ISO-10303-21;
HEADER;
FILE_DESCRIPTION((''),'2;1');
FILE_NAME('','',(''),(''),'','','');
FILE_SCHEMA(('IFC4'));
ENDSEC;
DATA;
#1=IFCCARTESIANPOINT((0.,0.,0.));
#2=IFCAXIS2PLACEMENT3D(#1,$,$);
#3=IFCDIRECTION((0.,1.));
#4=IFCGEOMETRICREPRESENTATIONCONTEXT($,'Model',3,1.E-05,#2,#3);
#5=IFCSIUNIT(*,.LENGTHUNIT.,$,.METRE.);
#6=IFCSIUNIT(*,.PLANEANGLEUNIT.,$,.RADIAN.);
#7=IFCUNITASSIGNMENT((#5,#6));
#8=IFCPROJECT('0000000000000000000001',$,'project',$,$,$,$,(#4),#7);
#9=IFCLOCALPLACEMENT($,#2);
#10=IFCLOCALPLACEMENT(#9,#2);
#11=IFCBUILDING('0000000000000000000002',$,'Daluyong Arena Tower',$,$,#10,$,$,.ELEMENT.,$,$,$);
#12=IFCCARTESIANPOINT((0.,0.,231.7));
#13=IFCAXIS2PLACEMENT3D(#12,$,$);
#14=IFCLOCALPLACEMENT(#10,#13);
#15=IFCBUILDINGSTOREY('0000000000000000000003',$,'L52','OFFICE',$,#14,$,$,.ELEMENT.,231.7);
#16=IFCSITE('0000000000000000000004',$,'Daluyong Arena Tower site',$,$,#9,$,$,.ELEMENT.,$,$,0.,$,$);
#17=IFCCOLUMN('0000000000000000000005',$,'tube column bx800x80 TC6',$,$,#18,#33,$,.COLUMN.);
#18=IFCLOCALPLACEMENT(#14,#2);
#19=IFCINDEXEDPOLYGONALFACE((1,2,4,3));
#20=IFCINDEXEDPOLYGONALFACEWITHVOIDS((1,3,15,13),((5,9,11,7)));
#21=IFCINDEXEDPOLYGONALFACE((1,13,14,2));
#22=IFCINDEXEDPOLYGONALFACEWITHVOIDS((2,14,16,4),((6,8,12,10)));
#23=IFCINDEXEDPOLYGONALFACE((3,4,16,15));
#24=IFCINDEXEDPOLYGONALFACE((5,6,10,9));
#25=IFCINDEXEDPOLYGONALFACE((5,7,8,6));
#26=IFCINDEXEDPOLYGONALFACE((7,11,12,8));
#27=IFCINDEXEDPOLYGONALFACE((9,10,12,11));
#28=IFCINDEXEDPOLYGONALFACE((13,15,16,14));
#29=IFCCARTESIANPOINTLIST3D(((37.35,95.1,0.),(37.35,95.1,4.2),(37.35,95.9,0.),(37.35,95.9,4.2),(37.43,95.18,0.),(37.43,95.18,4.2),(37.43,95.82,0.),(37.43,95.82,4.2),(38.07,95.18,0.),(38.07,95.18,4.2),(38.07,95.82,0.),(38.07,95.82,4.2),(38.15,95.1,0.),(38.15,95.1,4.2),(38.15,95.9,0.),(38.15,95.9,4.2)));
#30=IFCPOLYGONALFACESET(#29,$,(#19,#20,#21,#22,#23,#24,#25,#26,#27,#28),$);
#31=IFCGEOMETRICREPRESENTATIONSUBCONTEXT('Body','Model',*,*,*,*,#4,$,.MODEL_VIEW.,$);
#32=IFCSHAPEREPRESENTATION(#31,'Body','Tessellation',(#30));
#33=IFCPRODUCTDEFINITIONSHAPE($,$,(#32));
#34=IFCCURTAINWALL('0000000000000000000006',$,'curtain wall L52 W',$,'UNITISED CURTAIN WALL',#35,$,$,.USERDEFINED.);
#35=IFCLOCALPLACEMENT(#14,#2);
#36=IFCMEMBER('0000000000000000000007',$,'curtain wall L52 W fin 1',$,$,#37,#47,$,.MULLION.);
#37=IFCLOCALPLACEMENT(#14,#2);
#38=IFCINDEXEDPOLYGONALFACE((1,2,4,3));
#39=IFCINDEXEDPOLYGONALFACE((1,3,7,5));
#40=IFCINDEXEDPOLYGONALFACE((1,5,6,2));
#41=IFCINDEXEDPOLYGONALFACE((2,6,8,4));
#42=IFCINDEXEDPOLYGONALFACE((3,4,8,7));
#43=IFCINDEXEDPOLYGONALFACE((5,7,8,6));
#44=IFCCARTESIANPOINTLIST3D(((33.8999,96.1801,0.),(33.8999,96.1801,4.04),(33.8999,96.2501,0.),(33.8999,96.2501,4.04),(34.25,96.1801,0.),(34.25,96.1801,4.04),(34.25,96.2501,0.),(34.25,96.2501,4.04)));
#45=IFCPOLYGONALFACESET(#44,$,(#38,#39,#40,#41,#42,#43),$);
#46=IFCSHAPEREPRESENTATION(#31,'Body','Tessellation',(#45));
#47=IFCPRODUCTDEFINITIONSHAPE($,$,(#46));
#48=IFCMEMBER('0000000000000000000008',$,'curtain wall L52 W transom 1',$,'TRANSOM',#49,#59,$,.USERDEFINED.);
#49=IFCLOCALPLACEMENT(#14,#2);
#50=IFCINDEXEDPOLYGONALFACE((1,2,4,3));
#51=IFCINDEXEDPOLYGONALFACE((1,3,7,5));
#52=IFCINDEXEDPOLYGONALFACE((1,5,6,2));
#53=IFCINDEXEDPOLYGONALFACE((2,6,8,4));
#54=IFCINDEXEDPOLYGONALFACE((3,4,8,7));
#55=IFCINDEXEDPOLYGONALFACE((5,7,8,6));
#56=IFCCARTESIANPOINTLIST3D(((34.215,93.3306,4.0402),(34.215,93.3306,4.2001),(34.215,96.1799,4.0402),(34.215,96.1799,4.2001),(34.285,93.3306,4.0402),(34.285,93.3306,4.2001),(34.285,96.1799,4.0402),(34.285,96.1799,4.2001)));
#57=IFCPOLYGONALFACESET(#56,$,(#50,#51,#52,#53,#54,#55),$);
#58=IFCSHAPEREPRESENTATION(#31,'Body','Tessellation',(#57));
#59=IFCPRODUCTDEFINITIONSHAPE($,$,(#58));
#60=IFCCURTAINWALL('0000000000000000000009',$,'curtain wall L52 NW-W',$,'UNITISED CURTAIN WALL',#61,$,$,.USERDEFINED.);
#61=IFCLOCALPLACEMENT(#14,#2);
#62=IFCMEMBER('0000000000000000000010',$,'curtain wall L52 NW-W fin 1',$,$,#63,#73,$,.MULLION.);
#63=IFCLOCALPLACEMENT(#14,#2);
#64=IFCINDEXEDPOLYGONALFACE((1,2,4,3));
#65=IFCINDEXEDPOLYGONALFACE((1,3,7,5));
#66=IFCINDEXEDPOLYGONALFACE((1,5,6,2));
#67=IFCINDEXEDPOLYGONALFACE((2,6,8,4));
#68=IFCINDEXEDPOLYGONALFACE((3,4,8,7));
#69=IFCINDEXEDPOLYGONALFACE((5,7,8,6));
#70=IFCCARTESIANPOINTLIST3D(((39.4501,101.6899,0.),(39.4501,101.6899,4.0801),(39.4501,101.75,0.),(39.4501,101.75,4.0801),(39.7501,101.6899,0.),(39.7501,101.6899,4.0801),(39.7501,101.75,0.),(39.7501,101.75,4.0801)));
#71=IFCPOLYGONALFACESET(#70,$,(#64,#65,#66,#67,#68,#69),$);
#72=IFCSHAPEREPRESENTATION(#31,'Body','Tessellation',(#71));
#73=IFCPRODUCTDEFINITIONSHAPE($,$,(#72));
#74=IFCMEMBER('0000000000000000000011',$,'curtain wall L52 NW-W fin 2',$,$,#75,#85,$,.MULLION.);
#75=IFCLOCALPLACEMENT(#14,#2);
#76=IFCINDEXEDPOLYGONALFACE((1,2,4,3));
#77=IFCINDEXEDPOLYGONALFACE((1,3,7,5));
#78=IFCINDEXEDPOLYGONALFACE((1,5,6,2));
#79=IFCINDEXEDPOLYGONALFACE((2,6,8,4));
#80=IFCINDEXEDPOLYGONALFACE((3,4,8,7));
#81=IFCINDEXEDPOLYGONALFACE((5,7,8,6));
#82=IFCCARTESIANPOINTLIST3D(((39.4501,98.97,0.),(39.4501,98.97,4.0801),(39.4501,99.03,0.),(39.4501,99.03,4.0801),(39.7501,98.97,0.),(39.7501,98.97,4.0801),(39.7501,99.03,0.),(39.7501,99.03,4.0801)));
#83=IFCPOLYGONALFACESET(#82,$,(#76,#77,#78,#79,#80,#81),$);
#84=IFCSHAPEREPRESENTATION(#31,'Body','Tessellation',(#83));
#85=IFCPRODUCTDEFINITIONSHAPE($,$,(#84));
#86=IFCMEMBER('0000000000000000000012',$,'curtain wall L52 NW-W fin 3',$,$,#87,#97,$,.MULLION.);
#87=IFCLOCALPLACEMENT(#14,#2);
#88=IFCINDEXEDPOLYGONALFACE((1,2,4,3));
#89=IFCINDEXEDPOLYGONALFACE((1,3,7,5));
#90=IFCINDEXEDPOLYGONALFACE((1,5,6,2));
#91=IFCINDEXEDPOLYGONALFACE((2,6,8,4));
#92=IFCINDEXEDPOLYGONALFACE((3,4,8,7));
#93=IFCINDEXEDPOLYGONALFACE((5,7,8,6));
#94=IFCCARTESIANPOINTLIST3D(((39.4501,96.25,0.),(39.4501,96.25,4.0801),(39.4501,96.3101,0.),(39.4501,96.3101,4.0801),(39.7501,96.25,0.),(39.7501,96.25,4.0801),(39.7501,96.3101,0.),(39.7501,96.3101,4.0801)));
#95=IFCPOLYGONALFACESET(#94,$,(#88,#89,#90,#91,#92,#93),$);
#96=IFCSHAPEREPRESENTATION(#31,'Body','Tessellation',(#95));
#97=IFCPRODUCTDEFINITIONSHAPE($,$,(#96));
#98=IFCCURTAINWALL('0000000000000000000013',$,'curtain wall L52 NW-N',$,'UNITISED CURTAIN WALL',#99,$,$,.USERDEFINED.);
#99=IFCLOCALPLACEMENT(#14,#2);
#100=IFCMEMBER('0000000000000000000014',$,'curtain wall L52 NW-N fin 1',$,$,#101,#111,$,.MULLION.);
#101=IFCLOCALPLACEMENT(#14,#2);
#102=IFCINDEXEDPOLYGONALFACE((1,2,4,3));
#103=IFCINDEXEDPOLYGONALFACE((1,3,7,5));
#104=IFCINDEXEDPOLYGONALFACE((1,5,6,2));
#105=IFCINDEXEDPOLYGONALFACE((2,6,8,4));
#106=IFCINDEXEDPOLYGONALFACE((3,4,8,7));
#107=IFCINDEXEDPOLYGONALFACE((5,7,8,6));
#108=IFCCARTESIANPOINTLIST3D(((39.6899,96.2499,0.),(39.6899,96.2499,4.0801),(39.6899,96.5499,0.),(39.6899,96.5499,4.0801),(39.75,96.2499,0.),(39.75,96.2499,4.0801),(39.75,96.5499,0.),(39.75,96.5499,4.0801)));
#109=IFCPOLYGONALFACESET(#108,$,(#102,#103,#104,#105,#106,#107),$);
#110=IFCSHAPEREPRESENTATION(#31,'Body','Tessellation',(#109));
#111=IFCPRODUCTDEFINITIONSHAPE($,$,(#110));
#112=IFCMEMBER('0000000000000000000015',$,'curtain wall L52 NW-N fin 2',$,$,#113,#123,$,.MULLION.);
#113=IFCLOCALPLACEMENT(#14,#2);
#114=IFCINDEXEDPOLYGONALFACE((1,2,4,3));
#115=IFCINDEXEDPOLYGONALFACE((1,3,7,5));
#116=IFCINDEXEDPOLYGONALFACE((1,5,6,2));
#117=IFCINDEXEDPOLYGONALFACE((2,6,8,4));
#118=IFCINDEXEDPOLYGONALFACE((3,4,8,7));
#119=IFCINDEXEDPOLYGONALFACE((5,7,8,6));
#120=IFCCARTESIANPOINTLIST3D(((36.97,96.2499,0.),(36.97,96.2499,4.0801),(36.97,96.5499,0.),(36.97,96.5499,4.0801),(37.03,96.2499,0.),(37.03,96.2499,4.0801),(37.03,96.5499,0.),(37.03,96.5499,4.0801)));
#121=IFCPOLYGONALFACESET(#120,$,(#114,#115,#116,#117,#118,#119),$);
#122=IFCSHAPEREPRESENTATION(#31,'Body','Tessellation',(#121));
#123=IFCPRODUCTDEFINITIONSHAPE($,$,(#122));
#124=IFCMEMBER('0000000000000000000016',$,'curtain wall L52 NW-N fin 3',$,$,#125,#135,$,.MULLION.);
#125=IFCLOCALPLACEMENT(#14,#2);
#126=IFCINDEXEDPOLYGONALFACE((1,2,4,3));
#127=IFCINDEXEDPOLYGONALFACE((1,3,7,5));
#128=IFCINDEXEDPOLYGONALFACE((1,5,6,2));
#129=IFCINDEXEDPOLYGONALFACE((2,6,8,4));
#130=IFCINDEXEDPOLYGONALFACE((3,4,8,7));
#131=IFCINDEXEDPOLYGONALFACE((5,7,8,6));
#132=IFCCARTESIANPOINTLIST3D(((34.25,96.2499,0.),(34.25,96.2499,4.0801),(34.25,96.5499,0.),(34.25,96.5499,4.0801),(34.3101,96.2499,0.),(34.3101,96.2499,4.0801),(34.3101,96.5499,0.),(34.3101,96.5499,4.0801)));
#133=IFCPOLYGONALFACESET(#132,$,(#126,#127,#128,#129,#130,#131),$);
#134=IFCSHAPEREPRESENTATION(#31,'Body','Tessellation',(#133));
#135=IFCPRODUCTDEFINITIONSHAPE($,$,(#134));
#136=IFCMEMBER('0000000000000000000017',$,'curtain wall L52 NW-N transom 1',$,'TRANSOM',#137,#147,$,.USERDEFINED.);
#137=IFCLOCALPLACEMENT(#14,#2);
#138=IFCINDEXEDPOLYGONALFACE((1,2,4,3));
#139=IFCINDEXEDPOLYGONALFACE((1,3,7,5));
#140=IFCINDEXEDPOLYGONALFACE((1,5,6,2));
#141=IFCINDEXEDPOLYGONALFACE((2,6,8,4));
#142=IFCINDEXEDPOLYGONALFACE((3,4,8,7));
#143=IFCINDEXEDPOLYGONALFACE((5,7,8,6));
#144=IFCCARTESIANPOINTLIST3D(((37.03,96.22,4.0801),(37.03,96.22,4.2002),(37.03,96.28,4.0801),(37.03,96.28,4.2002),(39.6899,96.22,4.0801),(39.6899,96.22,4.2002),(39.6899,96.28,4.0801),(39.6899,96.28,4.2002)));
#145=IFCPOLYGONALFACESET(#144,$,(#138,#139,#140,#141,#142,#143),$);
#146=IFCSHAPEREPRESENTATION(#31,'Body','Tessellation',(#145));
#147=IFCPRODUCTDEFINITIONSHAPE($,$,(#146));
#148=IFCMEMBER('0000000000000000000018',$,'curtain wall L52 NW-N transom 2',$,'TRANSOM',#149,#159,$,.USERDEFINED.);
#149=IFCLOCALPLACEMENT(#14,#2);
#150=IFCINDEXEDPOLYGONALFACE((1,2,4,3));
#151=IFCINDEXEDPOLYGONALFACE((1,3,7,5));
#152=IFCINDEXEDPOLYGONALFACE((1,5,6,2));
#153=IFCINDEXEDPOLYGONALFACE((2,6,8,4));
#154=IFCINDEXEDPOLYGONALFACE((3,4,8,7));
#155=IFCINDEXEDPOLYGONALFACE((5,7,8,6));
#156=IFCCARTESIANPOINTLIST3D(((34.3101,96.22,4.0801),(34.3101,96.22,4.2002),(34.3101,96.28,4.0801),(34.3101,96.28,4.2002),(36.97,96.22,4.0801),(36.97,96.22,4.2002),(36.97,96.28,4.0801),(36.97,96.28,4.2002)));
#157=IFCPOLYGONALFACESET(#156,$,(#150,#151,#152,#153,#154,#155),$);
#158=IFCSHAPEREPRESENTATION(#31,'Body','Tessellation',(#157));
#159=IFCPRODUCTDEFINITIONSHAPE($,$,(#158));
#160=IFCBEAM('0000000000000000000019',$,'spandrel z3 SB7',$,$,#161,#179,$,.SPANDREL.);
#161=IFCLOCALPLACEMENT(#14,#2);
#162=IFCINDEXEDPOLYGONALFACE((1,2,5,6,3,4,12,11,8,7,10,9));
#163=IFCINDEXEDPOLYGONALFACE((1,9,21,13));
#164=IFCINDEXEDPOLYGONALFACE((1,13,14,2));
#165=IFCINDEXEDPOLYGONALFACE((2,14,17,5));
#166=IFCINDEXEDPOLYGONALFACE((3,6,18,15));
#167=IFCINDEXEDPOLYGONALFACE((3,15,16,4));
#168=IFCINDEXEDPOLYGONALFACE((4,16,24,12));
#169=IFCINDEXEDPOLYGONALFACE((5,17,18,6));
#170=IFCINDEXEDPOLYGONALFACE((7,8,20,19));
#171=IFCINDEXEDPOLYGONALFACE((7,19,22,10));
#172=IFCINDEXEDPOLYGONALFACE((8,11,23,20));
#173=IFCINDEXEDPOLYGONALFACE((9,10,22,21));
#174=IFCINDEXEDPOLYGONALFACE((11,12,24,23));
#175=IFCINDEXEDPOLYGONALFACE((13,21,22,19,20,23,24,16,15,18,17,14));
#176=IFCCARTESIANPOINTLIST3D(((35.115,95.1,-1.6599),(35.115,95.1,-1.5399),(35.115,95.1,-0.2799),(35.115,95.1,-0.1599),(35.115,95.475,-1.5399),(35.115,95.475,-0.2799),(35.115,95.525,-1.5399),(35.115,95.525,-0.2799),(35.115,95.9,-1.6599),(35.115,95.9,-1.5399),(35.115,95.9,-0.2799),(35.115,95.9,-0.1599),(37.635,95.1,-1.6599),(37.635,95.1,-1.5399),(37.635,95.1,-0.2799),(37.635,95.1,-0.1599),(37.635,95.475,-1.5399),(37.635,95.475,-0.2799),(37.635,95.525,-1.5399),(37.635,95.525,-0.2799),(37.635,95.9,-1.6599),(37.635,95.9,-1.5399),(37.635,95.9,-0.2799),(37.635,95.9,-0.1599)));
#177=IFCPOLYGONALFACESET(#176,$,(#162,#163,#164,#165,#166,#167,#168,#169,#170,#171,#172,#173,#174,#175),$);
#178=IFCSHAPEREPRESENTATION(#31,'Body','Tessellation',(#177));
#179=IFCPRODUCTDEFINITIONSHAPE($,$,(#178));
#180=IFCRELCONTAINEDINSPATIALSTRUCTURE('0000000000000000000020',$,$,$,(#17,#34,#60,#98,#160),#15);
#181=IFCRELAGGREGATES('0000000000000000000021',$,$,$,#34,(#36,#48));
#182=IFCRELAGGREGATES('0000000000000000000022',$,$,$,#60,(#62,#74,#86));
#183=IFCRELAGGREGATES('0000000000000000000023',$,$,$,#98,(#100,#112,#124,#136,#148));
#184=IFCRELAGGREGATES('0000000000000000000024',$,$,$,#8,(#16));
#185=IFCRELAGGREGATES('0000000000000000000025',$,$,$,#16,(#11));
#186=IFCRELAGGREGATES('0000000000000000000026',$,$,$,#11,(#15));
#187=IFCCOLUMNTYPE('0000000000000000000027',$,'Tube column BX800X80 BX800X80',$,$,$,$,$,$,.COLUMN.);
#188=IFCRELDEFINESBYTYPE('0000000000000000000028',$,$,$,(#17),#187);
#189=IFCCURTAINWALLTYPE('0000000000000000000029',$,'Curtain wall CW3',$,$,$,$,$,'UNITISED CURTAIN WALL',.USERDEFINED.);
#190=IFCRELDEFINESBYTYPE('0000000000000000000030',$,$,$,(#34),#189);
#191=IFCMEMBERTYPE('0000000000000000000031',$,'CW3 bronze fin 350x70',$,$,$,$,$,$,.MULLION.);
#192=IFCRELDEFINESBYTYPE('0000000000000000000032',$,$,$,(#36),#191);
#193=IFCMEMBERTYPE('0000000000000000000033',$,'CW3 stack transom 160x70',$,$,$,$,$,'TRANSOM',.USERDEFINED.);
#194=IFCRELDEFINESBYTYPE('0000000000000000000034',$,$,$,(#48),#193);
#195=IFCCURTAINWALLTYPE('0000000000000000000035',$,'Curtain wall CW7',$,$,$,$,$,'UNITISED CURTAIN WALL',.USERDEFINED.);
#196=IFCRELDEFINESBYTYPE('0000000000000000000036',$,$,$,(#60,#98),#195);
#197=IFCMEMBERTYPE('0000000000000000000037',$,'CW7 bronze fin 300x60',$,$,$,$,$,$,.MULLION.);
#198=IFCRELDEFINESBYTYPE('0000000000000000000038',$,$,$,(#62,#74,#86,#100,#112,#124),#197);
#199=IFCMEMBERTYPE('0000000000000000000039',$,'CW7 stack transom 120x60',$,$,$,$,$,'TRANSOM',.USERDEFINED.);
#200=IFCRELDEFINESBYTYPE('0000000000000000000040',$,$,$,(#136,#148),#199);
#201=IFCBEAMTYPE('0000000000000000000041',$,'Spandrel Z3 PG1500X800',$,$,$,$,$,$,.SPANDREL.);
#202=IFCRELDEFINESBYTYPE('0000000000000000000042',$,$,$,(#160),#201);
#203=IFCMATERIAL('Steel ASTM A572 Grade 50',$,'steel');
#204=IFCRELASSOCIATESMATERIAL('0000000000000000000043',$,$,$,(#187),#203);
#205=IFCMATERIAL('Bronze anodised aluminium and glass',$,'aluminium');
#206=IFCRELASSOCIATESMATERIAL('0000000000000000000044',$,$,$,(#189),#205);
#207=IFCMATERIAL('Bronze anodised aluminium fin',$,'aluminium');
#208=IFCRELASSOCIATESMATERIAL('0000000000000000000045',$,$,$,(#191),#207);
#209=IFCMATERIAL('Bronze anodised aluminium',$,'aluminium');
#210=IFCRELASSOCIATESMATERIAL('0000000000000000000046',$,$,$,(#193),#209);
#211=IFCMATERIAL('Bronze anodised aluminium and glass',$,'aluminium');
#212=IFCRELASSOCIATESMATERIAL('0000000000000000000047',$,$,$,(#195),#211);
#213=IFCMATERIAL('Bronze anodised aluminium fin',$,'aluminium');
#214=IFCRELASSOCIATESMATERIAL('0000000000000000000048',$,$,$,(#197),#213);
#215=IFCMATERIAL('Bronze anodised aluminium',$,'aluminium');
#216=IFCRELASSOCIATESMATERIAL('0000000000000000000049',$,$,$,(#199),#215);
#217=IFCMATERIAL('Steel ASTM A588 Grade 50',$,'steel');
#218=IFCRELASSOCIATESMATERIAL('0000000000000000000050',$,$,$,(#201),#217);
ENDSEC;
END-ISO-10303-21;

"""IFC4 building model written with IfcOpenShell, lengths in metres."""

from ifc_helpers import new_model, si_unit, direction, frame, origin, origin_2d, place, context, subcontext, project, spatial, rectangle, hollow_rectangle, i_section, extrude, material, material_profile, profile_set, type_object, element, aggregate, save


model = new_model("IFC4")

# Units and contexts
model_context = context("Model", 3, precision=1e-05, world=origin(), true_north=direction((0.0, 1.0)))
body_context = subcontext(model_context, "Body", "Model", "MODEL_VIEW")
ifc_project = project(units=[si_unit("LENGTHUNIT", "METRE"), si_unit("PLANEANGLEUNIT", "RADIAN")], contexts=[model_context])

# Site, building, storey
site_placement = place(None, origin())
site = spatial("IfcSite", under=ifc_project, at=site_placement, Name="Daluyong Arena Tower site", CompositionType="ELEMENT", RefElevation=0.0)
building_placement = place(site_placement, origin())
building = spatial("IfcBuilding", under=site, at=building_placement, Name="Daluyong Arena Tower", CompositionType="ELEMENT")
storey_placement = place(building_placement, frame((0.0, 0.0, 231.7)))
storey = spatial("IfcBuildingStorey", under=building, at=storey_placement, Name="L52", Description="OFFICE", CompositionType="ELEMENT", Elevation=231.7)

# Column
ifc_material_1 = material(Name="Steel ASTM A572 Grade 50", Category="steel")
ifc_material_profile_1 = material_profile(ifc_material_1, hollow_rectangle(XDim=0.8, YDim=0.8, WallThickness=0.08, at=origin_2d()))
ifc_profile_set_1 = profile_set([ifc_material_profile_1], Name="Steel ASTM A572 Grade 50")
column_type = type_object("IfcColumnType", Name="Tube column BX800X80 BX800X80", PredefinedType="COLUMN", material=ifc_profile_set_1)
column_placement = place(storey_placement, frame((37.75, 95.5, 0.0), z_axis=(0.0, 0.0, 1.0), x_axis=(1.0, 0.0, 0.0)))
element("IfcColumn", 1, at=column_placement, inside=storey, type_object=column_type, Name="tube column bx800x80 TC6", PredefinedType="COLUMN", context=body_context, shape_type="SweptSolid", body=[
    extrude(hollow_rectangle(XDim=0.8, YDim=0.8, WallThickness=0.08, at=origin_2d()), origin(), (0.0, 0.0, 1.0), 4.2),
])

# Curtain walls, members
ifc_material_2 = material(Name="Bronze anodised aluminium and glass", Category="aluminium")
curtain_wall_type_1 = type_object("IfcCurtainWallType", Name="Curtain wall CW3", ElementType="UNITISED CURTAIN WALL", PredefinedType="USERDEFINED", material=ifc_material_2)
curtain_wall_1_placement = place(storey_placement, origin())
curtain_wall_1 = element("IfcCurtainWall", 2, at=curtain_wall_1_placement, inside=storey, type_object=curtain_wall_type_1, Name="curtain wall L52 W", ObjectType="UNITISED CURTAIN WALL", PredefinedType="USERDEFINED")
ifc_material_3 = material(Name="Bronze anodised aluminium fin", Category="aluminium")
ifc_material_profile_2 = material_profile(ifc_material_3, rectangle(XDim=0.3501, YDim=0.0701, at=origin_2d()))
ifc_profile_set_2 = profile_set([ifc_material_profile_2], Name="Bronze anodised aluminium fin")
member_type_1 = type_object("IfcMemberType", Name="CW3 bronze fin 350x70", PredefinedType="MULLION", material=ifc_profile_set_2)
member_1_placement = place(storey_placement, frame((34.075, 96.2151, 0.0), z_axis=(0.0, 0.0, 1.0), x_axis=(1.0, 0.0, 0.0)))
member_1 = element("IfcMember", 3, at=member_1_placement, type_object=member_type_1, Name="curtain wall L52 W fin 1", PredefinedType="MULLION", context=body_context, shape_type="SweptSolid", body=[
    extrude(rectangle(XDim=0.3501, YDim=0.0701, at=origin_2d()), origin(), (0.0, 0.0, 1.0), 4.04),
])
ifc_material_4 = material(Name="Bronze anodised aluminium", Category="aluminium")
ifc_material_profile_3 = material_profile(ifc_material_4, rectangle(XDim=0.0701, YDim=0.1599, at=origin_2d()))
ifc_profile_set_3 = profile_set([ifc_material_profile_3], Name="Bronze anodised aluminium")
member_type_2 = type_object("IfcMemberType", Name="CW3 stack transom 160x70", ElementType="TRANSOM", PredefinedType="USERDEFINED", material=ifc_profile_set_3)
member_2_placement = place(storey_placement, frame((34.25, 96.1799, 4.1201), z_axis=(0.0, -1.0, 0.0), x_axis=(1.0, 0.0, 0.0)))
member_2 = element("IfcMember", 4, at=member_2_placement, type_object=member_type_2, Name="curtain wall L52 W transom 1", ObjectType="TRANSOM", PredefinedType="USERDEFINED", context=body_context, shape_type="SweptSolid", body=[
    extrude(rectangle(XDim=0.0701, YDim=0.1599, at=origin_2d()), origin(), (0.0, 0.0, 1.0), 2.8494),
])
aggregate(curtain_wall_1, [member_1, member_2])
ifc_material_5 = material(Name="Bronze anodised aluminium and glass", Category="aluminium")
curtain_wall_type_2 = type_object("IfcCurtainWallType", Name="Curtain wall CW7", ElementType="UNITISED CURTAIN WALL", PredefinedType="USERDEFINED", material=ifc_material_5)
curtain_wall_2_placement = place(storey_placement, origin())
curtain_wall_2 = element("IfcCurtainWall", 5, at=curtain_wall_2_placement, inside=storey, type_object=curtain_wall_type_2, Name="curtain wall L52 NW-W", ObjectType="UNITISED CURTAIN WALL", PredefinedType="USERDEFINED")
ifc_material_6 = material(Name="Bronze anodised aluminium fin", Category="aluminium")
ifc_material_profile_4 = material_profile(ifc_material_6, rectangle(XDim=0.3, YDim=0.0601, at=origin_2d()))
ifc_profile_set_4 = profile_set([ifc_material_profile_4], Name="Bronze anodised aluminium fin")
member_type_3 = type_object("IfcMemberType", Name="CW7 bronze fin 300x60", PredefinedType="MULLION", material=ifc_profile_set_4)
member_3_placement = place(storey_placement, frame((39.6001, 101.72, 0.0), z_axis=(0.0, 0.0, 1.0), x_axis=(1.0, 0.0, 0.0)))
member_3 = element("IfcMember", 6, at=member_3_placement, type_object=member_type_3, Name="curtain wall L52 NW-W fin 1", PredefinedType="MULLION", context=body_context, shape_type="SweptSolid", body=[
    extrude(rectangle(XDim=0.3, YDim=0.0601, at=origin_2d()), origin(), (0.0, 0.0, 1.0), 4.0801),
])
member_4_placement = place(storey_placement, frame((39.6001, 99.0, 0.0), z_axis=(0.0, 0.0, 1.0), x_axis=(1.0, 0.0, 0.0)))
member_4 = element("IfcMember", 7, at=member_4_placement, type_object=member_type_3, Name="curtain wall L52 NW-W fin 2", PredefinedType="MULLION", context=body_context, shape_type="SweptSolid", body=[
    extrude(rectangle(XDim=0.3, YDim=0.0601, at=origin_2d()), origin(), (0.0, 0.0, 1.0), 4.0801),
])
member_5_placement = place(storey_placement, frame((39.6001, 96.28, 0.0), z_axis=(0.0, 0.0, 1.0), x_axis=(1.0, 0.0, 0.0)))
member_5 = element("IfcMember", 8, at=member_5_placement, type_object=member_type_3, Name="curtain wall L52 NW-W fin 3", PredefinedType="MULLION", context=body_context, shape_type="SweptSolid", body=[
    extrude(rectangle(XDim=0.3, YDim=0.0601, at=origin_2d()), origin(), (0.0, 0.0, 1.0), 4.0801),
])
curtain_wall_3_placement = place(storey_placement, origin())
curtain_wall_3 = element("IfcCurtainWall", 9, at=curtain_wall_3_placement, inside=storey, type_object=curtain_wall_type_2, Name="curtain wall L52 NW-N", ObjectType="UNITISED CURTAIN WALL", PredefinedType="USERDEFINED")
member_6_placement = place(storey_placement, frame((39.72, 96.3999, 0.0), z_axis=(0.0, 0.0, 1.0), x_axis=(0.0, -1.0, 0.0)))
member_6 = element("IfcMember", 10, at=member_6_placement, type_object=member_type_3, Name="curtain wall L52 NW-N fin 1", PredefinedType="MULLION", context=body_context, shape_type="SweptSolid", body=[
    extrude(rectangle(XDim=0.3, YDim=0.0601, at=origin_2d()), origin(), (0.0, 0.0, 1.0), 4.0801),
])
member_7_placement = place(storey_placement, frame((37.0, 96.3999, 0.0), z_axis=(0.0, 0.0, 1.0), x_axis=(0.0, -1.0, 0.0)))
member_7 = element("IfcMember", 11, at=member_7_placement, type_object=member_type_3, Name="curtain wall L52 NW-N fin 2", PredefinedType="MULLION", context=body_context, shape_type="SweptSolid", body=[
    extrude(rectangle(XDim=0.3, YDim=0.0601, at=origin_2d()), origin(), (0.0, 0.0, 1.0), 4.0801),
])
member_8_placement = place(storey_placement, frame((34.28, 96.3999, 0.0), z_axis=(0.0, 0.0, 1.0), x_axis=(0.0, -1.0, 0.0)))
member_8 = element("IfcMember", 12, at=member_8_placement, type_object=member_type_3, Name="curtain wall L52 NW-N fin 3", PredefinedType="MULLION", context=body_context, shape_type="SweptSolid", body=[
    extrude(rectangle(XDim=0.3, YDim=0.0601, at=origin_2d()), origin(), (0.0, 0.0, 1.0), 4.0801),
])
ifc_material_7 = material(Name="Bronze anodised aluminium", Category="aluminium")
ifc_material_profile_5 = material_profile(ifc_material_7, rectangle(XDim=0.0601, YDim=0.1201, at=origin_2d()))
ifc_profile_set_5 = profile_set([ifc_material_profile_5], Name="Bronze anodised aluminium")
member_type_4 = type_object("IfcMemberType", Name="CW7 stack transom 120x60", ElementType="TRANSOM", PredefinedType="USERDEFINED", material=ifc_profile_set_5)
member_9_placement = place(storey_placement, frame((39.6899, 96.25, 4.1401), z_axis=(-1.0, 0.0, 0.0), x_axis=(0.0, -1.0, 0.0)))
member_9 = element("IfcMember", 13, at=member_9_placement, type_object=member_type_4, Name="curtain wall L52 NW-N transom 1", ObjectType="TRANSOM", PredefinedType="USERDEFINED", context=body_context, shape_type="SweptSolid", body=[
    extrude(rectangle(XDim=0.0601, YDim=0.1201, at=origin_2d()), origin(), (0.0, 0.0, 1.0), 2.6599),
])
member_10_placement = place(storey_placement, frame((36.97, 96.25, 4.1401), z_axis=(-1.0, 0.0, 0.0), x_axis=(0.0, -1.0, 0.0)))
member_10 = element("IfcMember", 14, at=member_10_placement, type_object=member_type_4, Name="curtain wall L52 NW-N transom 2", ObjectType="TRANSOM", PredefinedType="USERDEFINED", context=body_context, shape_type="SweptSolid", body=[
    extrude(rectangle(XDim=0.0601, YDim=0.1201, at=origin_2d()), origin(), (0.0, 0.0, 1.0), 2.6599),
])

# Beam
ifc_material_8 = material(Name="Steel ASTM A588 Grade 50", Category="steel")
ifc_material_profile_6 = material_profile(ifc_material_8, i_section(OverallWidth=0.8, OverallDepth=1.5, WebThickness=0.05, FlangeThickness=0.12, at=origin_2d()))
ifc_profile_set_6 = profile_set([ifc_material_profile_6], Name="Steel ASTM A588 Grade 50")
beam_type = type_object("IfcBeamType", Name="Spandrel Z3 PG1500X800", PredefinedType="SPANDREL", material=ifc_profile_set_6)
beam_placement = place(storey_placement, frame((37.635, 95.5, -0.9099), z_axis=(-1.0, 0.0, 0.0), x_axis=(0.0, -1.0, 0.0)))
element("IfcBeam", 15, at=beam_placement, inside=storey, type_object=beam_type, Name="spandrel z3 SB7", PredefinedType="SPANDREL", context=body_context, shape_type="SweptSolid", body=[
    extrude(i_section(OverallWidth=0.8, OverallDepth=1.5, WebThickness=0.05, FlangeThickness=0.12, at=origin_2d()), origin(), (0.0, 0.0, 1.0), 2.52),
])

aggregate(curtain_wall_2, [member_3, member_4, member_5])
aggregate(curtain_wall_3, [member_6, member_7, member_8, member_9, member_10])

save(model, "model.ifc")
